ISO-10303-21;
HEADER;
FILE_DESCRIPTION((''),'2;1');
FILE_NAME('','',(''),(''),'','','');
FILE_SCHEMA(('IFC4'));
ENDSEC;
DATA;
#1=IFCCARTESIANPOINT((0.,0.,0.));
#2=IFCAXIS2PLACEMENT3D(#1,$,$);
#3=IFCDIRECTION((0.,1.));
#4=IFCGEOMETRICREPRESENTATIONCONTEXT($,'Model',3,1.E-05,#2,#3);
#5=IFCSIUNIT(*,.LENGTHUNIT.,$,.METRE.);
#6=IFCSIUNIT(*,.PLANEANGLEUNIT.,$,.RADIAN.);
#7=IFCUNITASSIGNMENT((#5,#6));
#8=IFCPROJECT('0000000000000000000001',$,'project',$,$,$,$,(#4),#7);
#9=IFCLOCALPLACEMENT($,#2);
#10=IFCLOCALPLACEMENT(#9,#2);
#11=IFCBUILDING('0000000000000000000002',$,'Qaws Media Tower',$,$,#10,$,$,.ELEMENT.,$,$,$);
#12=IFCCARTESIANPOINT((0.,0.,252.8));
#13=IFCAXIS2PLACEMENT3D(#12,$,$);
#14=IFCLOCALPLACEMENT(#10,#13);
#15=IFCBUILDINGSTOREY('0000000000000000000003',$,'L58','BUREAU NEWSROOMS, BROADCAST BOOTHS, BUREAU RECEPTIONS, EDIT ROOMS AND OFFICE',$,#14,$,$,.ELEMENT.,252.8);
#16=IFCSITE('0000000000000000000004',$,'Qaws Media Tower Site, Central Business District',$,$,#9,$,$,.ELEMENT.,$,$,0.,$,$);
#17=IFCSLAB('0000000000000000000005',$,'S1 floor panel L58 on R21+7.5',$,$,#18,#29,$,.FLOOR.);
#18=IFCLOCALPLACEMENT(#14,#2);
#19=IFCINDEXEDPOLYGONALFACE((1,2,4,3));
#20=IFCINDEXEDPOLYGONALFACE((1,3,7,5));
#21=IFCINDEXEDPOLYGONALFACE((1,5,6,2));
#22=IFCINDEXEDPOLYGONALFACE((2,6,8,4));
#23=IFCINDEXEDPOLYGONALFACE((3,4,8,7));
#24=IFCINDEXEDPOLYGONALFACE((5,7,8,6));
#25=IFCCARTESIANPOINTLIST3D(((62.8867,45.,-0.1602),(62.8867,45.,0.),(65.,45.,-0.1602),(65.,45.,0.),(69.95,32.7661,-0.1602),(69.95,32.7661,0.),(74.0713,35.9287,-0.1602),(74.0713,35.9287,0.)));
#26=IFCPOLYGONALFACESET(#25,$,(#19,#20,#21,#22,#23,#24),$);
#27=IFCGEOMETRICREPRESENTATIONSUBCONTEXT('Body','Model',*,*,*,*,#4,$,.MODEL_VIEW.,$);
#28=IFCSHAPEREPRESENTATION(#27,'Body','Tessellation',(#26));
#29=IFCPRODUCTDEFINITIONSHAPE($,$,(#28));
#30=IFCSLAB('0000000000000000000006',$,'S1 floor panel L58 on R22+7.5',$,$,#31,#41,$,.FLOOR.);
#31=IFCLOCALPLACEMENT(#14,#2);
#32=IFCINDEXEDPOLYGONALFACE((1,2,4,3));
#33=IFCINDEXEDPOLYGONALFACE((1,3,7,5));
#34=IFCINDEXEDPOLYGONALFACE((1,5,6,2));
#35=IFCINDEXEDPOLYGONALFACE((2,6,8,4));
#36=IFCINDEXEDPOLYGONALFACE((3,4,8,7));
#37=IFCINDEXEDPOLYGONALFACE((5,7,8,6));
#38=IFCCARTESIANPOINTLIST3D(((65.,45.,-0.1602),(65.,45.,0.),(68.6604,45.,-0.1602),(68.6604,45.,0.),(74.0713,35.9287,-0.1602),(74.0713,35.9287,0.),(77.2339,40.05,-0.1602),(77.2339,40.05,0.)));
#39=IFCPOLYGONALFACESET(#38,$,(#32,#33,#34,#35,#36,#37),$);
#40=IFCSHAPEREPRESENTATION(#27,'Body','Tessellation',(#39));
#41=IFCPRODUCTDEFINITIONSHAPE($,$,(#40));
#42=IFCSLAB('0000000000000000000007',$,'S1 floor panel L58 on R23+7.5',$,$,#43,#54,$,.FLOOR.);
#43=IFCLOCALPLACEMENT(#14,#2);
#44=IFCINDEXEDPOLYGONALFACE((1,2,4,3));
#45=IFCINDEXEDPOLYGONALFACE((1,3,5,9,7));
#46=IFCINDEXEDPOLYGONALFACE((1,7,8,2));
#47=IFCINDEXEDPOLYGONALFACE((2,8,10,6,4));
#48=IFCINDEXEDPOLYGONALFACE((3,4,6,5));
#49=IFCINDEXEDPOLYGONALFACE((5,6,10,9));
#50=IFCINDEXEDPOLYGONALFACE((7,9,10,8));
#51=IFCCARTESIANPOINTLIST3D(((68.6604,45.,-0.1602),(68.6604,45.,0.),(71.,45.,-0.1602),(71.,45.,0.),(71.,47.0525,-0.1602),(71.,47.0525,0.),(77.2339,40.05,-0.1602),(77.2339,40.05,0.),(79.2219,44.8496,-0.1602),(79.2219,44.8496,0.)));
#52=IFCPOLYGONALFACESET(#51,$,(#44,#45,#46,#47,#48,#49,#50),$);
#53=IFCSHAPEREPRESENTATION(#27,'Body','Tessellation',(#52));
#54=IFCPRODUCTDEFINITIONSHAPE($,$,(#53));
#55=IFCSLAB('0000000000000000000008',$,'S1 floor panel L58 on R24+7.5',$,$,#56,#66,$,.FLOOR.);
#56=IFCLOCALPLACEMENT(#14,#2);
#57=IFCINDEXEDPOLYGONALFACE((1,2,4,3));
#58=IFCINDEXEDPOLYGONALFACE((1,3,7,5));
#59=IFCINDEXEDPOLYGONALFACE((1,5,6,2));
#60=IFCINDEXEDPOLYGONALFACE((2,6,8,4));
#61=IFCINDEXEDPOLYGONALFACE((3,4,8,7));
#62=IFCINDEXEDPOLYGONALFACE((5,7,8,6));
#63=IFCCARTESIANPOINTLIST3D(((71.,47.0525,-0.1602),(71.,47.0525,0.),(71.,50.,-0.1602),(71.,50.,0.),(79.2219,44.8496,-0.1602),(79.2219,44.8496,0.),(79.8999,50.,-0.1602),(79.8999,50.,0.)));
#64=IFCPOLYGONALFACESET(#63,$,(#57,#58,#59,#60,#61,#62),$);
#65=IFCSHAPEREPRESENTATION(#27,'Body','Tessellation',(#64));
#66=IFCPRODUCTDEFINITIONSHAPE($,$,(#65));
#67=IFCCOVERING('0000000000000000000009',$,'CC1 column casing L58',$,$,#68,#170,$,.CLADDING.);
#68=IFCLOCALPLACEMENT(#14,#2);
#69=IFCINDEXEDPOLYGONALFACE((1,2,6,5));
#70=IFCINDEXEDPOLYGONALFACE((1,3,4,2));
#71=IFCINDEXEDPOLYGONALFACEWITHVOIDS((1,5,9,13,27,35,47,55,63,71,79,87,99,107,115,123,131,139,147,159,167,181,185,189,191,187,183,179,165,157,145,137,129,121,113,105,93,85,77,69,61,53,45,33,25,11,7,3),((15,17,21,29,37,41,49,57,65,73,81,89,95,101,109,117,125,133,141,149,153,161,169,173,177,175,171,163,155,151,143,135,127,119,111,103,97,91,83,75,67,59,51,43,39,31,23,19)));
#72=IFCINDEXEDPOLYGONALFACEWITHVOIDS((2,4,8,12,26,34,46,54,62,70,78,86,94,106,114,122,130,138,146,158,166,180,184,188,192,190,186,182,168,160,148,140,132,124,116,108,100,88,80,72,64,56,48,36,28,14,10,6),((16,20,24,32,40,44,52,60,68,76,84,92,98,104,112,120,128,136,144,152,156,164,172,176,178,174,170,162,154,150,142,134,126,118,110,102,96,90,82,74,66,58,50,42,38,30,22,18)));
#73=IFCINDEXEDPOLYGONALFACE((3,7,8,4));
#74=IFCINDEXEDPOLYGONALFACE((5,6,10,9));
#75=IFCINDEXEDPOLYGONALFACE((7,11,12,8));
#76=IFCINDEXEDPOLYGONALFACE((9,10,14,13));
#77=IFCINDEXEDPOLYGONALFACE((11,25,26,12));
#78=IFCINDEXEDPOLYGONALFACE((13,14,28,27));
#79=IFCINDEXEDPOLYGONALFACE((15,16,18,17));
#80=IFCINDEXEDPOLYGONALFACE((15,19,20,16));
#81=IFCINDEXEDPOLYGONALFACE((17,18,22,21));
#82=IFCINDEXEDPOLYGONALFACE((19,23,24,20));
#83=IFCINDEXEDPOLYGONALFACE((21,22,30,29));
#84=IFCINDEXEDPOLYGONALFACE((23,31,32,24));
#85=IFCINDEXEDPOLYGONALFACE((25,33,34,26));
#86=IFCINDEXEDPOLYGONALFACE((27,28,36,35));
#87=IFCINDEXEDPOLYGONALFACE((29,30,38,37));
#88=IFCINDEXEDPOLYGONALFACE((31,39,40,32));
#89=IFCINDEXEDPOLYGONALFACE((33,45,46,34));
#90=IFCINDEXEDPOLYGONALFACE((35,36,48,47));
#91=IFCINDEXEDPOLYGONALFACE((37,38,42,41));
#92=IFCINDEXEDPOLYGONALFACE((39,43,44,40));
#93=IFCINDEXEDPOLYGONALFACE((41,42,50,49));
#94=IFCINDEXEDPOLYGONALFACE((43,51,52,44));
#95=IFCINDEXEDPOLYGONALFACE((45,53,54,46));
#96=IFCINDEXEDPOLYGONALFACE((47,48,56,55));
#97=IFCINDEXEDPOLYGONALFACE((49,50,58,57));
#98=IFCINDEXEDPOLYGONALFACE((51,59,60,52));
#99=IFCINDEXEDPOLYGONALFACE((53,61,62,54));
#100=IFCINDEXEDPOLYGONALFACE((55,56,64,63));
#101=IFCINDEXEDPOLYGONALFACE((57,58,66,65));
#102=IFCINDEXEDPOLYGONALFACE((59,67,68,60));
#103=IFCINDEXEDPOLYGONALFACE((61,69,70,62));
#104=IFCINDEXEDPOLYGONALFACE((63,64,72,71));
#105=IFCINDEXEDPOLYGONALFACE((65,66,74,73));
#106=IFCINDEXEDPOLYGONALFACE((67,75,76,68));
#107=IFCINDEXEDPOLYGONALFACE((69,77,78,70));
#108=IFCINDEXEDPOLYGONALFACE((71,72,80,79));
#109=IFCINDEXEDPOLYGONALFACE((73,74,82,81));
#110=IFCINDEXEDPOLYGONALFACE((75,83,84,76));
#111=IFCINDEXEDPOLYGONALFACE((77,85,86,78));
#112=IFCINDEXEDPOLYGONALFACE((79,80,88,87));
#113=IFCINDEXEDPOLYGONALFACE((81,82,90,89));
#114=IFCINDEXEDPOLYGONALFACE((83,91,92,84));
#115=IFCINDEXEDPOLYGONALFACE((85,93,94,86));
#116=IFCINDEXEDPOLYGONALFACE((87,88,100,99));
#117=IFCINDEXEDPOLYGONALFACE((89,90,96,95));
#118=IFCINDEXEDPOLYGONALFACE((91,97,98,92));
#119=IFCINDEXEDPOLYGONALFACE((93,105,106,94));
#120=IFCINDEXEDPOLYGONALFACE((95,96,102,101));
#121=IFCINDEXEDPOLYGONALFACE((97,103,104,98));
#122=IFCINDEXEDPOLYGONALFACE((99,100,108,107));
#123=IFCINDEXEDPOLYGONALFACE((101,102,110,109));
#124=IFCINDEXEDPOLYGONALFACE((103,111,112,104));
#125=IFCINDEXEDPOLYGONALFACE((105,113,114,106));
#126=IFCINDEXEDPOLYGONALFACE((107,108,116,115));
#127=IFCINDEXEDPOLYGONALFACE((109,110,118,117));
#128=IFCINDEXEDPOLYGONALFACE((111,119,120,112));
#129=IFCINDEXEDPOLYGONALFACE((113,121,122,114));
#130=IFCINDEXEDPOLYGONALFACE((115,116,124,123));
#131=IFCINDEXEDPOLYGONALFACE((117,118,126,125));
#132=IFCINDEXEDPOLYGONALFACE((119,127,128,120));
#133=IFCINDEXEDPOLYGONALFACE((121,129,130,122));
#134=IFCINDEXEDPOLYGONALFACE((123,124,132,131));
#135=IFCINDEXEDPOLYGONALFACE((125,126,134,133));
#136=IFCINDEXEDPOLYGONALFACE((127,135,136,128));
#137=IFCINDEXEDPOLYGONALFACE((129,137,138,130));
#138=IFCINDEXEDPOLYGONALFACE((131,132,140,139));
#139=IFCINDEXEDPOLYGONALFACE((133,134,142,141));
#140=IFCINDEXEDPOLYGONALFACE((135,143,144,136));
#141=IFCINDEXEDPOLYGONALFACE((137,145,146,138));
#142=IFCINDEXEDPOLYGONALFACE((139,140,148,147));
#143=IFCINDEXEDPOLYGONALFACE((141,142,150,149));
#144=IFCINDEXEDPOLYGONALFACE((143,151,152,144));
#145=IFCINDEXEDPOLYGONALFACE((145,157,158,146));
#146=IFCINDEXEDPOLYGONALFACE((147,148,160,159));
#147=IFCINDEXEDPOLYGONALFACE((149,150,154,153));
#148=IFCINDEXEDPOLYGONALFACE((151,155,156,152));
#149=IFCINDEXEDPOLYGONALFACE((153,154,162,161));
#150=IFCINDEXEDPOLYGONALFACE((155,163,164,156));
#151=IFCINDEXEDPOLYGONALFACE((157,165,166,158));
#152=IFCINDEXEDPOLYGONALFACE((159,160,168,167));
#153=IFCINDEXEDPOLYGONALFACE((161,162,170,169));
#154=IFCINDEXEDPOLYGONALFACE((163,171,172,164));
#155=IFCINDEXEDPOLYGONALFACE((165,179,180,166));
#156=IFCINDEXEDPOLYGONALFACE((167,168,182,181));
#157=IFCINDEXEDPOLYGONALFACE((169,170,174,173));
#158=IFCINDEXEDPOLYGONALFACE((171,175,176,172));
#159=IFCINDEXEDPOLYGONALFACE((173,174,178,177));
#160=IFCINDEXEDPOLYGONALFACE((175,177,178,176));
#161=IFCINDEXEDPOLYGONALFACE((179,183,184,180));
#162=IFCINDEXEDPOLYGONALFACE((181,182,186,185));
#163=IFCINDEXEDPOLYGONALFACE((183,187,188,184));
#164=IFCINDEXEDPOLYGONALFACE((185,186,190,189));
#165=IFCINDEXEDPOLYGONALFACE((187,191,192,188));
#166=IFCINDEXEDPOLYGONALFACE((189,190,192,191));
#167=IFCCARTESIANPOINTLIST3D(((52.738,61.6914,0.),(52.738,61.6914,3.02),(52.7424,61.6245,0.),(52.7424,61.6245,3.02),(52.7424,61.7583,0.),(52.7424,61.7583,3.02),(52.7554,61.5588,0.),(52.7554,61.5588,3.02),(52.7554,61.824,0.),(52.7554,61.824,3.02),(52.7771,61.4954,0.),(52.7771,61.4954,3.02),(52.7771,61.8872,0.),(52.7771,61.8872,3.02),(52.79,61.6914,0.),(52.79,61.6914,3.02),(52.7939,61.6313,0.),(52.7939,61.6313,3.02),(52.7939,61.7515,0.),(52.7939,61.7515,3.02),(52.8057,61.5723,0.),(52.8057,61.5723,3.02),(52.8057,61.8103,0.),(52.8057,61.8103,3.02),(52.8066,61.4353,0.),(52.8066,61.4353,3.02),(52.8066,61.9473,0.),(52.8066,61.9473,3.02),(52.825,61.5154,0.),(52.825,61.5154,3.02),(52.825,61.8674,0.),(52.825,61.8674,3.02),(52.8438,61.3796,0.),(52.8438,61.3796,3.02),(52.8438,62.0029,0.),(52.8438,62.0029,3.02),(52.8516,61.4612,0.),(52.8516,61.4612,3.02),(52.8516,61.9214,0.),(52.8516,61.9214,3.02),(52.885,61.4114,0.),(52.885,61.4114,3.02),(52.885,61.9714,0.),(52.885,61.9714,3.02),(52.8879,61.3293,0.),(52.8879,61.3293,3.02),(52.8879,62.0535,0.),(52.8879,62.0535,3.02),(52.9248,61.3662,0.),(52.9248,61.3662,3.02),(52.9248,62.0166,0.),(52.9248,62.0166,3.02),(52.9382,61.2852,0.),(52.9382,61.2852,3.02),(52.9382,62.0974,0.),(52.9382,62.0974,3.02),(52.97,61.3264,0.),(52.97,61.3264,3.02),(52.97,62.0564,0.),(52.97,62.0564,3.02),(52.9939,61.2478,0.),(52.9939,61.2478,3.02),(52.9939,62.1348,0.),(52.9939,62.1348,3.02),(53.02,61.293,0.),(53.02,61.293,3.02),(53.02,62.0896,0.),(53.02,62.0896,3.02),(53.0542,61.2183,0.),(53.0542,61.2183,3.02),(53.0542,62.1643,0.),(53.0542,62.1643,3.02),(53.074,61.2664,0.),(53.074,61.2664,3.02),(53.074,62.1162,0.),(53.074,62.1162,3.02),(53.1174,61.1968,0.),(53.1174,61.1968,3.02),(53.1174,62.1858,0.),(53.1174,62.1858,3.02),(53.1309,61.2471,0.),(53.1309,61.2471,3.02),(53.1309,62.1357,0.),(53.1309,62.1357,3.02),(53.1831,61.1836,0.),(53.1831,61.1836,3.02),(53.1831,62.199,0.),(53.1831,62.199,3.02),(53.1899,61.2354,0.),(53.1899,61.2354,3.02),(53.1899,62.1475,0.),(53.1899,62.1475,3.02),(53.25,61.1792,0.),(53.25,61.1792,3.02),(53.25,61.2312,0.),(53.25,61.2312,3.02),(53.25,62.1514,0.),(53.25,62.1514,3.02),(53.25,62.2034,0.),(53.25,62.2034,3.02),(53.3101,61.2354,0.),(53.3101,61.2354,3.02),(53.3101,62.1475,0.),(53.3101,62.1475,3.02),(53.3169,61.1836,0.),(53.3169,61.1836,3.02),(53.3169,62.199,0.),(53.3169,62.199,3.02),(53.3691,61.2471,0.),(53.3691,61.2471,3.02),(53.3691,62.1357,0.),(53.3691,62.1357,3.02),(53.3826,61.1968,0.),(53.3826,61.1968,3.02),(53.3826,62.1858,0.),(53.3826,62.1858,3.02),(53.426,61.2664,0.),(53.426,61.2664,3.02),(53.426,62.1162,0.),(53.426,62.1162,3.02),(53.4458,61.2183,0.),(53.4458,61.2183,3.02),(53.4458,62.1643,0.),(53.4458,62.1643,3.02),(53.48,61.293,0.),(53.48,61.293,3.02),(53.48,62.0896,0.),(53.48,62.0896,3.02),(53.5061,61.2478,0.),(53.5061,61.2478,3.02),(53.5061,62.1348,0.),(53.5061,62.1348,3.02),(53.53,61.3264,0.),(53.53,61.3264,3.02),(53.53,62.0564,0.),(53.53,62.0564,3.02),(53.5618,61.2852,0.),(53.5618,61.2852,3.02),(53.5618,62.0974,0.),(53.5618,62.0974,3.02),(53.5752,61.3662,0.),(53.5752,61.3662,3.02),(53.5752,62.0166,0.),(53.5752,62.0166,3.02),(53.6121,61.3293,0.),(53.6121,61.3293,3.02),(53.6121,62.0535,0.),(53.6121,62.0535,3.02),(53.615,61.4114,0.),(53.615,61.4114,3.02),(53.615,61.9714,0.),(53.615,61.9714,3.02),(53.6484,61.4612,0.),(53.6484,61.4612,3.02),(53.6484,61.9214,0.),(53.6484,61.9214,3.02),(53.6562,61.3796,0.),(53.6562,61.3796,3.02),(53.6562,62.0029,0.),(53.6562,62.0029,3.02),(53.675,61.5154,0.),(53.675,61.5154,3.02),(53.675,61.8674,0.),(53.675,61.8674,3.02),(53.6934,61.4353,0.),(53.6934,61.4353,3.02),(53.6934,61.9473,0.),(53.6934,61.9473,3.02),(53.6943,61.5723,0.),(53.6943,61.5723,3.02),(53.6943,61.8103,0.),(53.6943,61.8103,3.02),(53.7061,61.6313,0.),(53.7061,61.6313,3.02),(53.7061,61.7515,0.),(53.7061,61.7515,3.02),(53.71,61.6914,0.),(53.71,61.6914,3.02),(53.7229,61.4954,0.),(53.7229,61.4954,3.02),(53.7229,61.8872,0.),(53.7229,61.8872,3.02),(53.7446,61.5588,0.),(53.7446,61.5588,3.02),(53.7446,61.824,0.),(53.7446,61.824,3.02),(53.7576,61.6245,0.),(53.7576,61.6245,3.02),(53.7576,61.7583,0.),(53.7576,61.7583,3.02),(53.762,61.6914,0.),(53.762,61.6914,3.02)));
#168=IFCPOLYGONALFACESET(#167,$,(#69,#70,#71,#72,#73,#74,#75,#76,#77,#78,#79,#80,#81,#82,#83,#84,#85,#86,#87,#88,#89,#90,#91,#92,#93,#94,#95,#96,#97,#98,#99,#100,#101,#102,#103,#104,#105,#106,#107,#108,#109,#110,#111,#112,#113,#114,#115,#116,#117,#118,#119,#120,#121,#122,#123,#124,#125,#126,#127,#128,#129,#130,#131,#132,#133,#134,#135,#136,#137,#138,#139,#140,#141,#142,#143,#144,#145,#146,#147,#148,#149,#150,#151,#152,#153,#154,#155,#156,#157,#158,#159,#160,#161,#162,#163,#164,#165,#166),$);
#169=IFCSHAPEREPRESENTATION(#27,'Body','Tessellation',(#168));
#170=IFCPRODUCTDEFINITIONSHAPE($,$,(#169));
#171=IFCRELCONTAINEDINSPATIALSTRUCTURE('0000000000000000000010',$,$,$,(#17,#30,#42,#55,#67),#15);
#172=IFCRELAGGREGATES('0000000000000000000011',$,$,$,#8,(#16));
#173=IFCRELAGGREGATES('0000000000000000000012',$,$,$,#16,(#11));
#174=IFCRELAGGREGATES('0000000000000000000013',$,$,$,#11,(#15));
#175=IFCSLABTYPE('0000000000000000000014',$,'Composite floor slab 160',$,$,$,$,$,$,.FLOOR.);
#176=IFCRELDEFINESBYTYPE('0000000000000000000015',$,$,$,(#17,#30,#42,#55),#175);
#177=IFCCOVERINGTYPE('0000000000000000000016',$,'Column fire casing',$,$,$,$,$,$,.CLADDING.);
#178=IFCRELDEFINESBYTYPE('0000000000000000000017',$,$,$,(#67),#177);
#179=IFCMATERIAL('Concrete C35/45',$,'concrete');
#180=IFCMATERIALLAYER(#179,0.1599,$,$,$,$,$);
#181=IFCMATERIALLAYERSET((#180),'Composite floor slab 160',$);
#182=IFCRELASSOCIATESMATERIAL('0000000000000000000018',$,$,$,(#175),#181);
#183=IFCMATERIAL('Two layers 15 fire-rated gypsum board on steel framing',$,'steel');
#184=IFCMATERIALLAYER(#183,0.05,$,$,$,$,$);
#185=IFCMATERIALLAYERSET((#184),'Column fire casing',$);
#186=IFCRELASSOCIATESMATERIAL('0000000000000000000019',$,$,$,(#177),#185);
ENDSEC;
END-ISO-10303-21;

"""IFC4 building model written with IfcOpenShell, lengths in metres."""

from ifc_helpers import new_model, si_unit, direction, frame, origin, place, context, subcontext, project, spatial, polyline, outline, extrude, material, layer, layer_set, type_object, element, save


model = new_model("IFC4")

# Units and contexts
model_context = context("Model", 3, precision=1e-05, world=origin(), true_north=direction((0.0, 1.0)))
body_context = subcontext(model_context, "Body", "Model", "MODEL_VIEW")
ifc_project = project(units=[si_unit("LENGTHUNIT", "METRE"), si_unit("PLANEANGLEUNIT", "RADIAN")], contexts=[model_context])

# Site, building, storey
site_placement = place(None, origin())
site = spatial("IfcSite", under=ifc_project, at=site_placement, Name="Qaws Media Tower Site, Central Business District", CompositionType="ELEMENT", RefElevation=0.0)
building_placement = place(site_placement, origin())
building = spatial("IfcBuilding", under=site, at=building_placement, Name="Qaws Media Tower", CompositionType="ELEMENT")
storey_placement = place(building_placement, frame((0.0, 0.0, 252.8)))
storey = spatial("IfcBuildingStorey", under=building, at=storey_placement, Name="L58", Description="BUREAU NEWSROOMS, BROADCAST BOOTHS, BUREAU RECEPTIONS, EDIT ROOMS AND OFFICE", CompositionType="ELEMENT", Elevation=252.8)

# Slabs
ifc_material_1 = material(Name="Concrete C35/45", Category="concrete")
ifc_layer_1 = layer(ifc_material_1, 0.1599)
ifc_layer_set_1 = layer_set([ifc_layer_1], Name="Composite floor slab 160")
slab_type_1 = type_object("IfcSlabType", Name="Composite floor slab 160", PredefinedType="FLOOR", material=ifc_layer_set_1)
slab_1_placement = place(storey_placement, frame((0.0, 0.0, -0.1602)))
element("IfcSlab", 1, at=slab_1_placement, inside=storey, type_object=slab_type_1, Name="S1 floor panel L58 on R21+7.5", PredefinedType="FLOOR", context=body_context, shape_type="SweptSolid", body=[
    extrude(outline(polyline([(69.95, 32.7661), (62.8867, 45.0), (65.0, 45.0), (74.0713, 35.9287), (69.95, 32.7661)])), origin(), (0.0, 0.0, 1.0), 0.1602),
])
slab_2_placement = place(storey_placement, frame((0.0, 0.0, -0.1602)))
element("IfcSlab", 2, at=slab_2_placement, inside=storey, type_object=slab_type_1, Name="S1 floor panel L58 on R22+7.5", PredefinedType="FLOOR", context=body_context, shape_type="SweptSolid", body=[
    extrude(outline(polyline([(74.0713, 35.9287), (65.0, 45.0), (68.6604, 45.0), (77.2339, 40.05), (74.0713, 35.9287)])), origin(), (0.0, 0.0, 1.0), 0.1602),
])
slab_3_placement = place(storey_placement, frame((0.0, 0.0, -0.1602)))
element("IfcSlab", 3, at=slab_3_placement, inside=storey, type_object=slab_type_1, Name="S1 floor panel L58 on R23+7.5", PredefinedType="FLOOR", context=body_context, shape_type="SweptSolid", body=[
    extrude(outline(polyline([(79.2219, 44.8496), (77.2339, 40.05), (68.6604, 45.0), (71.0, 45.0), (71.0, 47.0525), (79.2219, 44.8496)])), origin(), (0.0, 0.0, 1.0), 0.1602),
])
slab_4_placement = place(storey_placement, frame((0.0, 0.0, -0.1602)))
element("IfcSlab", 4, at=slab_4_placement, inside=storey, type_object=slab_type_1, Name="S1 floor panel L58 on R24+7.5", PredefinedType="FLOOR", context=body_context, shape_type="SweptSolid", body=[
    extrude(outline(polyline([(79.2219, 44.8496), (71.0, 47.0525), (71.0, 50.0), (79.8999, 50.0), (79.2219, 44.8496)])), origin(), (0.0, 0.0, 1.0), 0.1602),
])

# Covering
ifc_material_2 = material(Name="Two layers 15 fire-rated gypsum board on steel framing", Category="steel")
ifc_layer_2 = layer(ifc_material_2, 0.05)
ifc_layer_set_2 = layer_set([ifc_layer_2], Name="Column fire casing")
covering_type = type_object("IfcCoveringType", Name="Column fire casing", PredefinedType="CLADDING", material=ifc_layer_set_2)
covering_placement = place(storey_placement, origin())
element("IfcCovering", 5, at=covering_placement, inside=storey, type_object=covering_type, Name="CC1 column casing L58", PredefinedType="CLADDING", context=body_context, shape_type="SweptSolid", body=[
    extrude(outline(polyline([(53.762, 61.6914), (53.7576, 61.6245), (53.7446, 61.5588), (53.7229, 61.4954), (53.6934, 61.4353), (53.6562, 61.3796), (53.6121, 61.3293), (53.5618, 61.2852), (53.5061, 61.2478), (53.4458, 61.2183), (53.3826, 61.1968), (53.3169, 61.1836), (53.25, 61.1792), (53.1831, 61.1836), (53.1174, 61.1968), (53.0542, 61.2183), (52.9939, 61.2478), (52.9382, 61.2852), (52.8879, 61.3293), (52.8438, 61.3796), (52.8066, 61.4353), (52.7771, 61.4954), (52.7554, 61.5588), (52.7424, 61.6245), (52.738, 61.6914), (52.7424, 61.7583), (52.7554, 61.824), (52.7771, 61.8872), (52.8066, 61.9473), (52.8438, 62.0029), (52.8879, 62.0535), (52.9382, 62.0974), (52.9939, 62.1348), (53.0542, 62.1643), (53.1174, 62.1858), (53.1831, 62.199), (53.25, 62.2034), (53.3169, 62.199), (53.3826, 62.1858), (53.4458, 62.1643), (53.5061, 62.1348), (53.5618, 62.0974), (53.6121, 62.0535), (53.6562, 62.0029), (53.6934, 61.9473), (53.7229, 61.8872), (53.7446, 61.824), (53.7576, 61.7583), (53.762, 61.6914)]), holes=[polyline([(53.71, 61.6914), (53.7061, 61.6313), (53.6943, 61.5723), (53.675, 61.5154), (53.6484, 61.4612), (53.615, 61.4114), (53.5752, 61.3662), (53.53, 61.3264), (53.48, 61.293), (53.426, 61.2664), (53.3691, 61.2471), (53.3101, 61.2354), (53.25, 61.2312), (53.1899, 61.2354), (53.1309, 61.2471), (53.074, 61.2664), (53.02, 61.293), (52.97, 61.3264), (52.9248, 61.3662), (52.885, 61.4114), (52.8516, 61.4612), (52.825, 61.5154), (52.8057, 61.5723), (52.7939, 61.6313), (52.79, 61.6914), (52.7939, 61.7515), (52.8057, 61.8103), (52.825, 61.8674), (52.8516, 61.9214), (52.885, 61.9714), (52.9248, 62.0166), (52.97, 62.0564), (53.02, 62.0896), (53.074, 62.1162), (53.1309, 62.1357), (53.1899, 62.1475), (53.25, 62.1514), (53.3101, 62.1475), (53.3691, 62.1357), (53.426, 62.1162), (53.48, 62.0896), (53.53, 62.0564), (53.5752, 62.0166), (53.615, 61.9714), (53.6484, 61.9214), (53.675, 61.8674), (53.6943, 61.8103), (53.7061, 61.7515), (53.71, 61.6914)])]), origin(), (0.0, 0.0, 1.0), 3.02),
])

save(model, "model.ifc")
